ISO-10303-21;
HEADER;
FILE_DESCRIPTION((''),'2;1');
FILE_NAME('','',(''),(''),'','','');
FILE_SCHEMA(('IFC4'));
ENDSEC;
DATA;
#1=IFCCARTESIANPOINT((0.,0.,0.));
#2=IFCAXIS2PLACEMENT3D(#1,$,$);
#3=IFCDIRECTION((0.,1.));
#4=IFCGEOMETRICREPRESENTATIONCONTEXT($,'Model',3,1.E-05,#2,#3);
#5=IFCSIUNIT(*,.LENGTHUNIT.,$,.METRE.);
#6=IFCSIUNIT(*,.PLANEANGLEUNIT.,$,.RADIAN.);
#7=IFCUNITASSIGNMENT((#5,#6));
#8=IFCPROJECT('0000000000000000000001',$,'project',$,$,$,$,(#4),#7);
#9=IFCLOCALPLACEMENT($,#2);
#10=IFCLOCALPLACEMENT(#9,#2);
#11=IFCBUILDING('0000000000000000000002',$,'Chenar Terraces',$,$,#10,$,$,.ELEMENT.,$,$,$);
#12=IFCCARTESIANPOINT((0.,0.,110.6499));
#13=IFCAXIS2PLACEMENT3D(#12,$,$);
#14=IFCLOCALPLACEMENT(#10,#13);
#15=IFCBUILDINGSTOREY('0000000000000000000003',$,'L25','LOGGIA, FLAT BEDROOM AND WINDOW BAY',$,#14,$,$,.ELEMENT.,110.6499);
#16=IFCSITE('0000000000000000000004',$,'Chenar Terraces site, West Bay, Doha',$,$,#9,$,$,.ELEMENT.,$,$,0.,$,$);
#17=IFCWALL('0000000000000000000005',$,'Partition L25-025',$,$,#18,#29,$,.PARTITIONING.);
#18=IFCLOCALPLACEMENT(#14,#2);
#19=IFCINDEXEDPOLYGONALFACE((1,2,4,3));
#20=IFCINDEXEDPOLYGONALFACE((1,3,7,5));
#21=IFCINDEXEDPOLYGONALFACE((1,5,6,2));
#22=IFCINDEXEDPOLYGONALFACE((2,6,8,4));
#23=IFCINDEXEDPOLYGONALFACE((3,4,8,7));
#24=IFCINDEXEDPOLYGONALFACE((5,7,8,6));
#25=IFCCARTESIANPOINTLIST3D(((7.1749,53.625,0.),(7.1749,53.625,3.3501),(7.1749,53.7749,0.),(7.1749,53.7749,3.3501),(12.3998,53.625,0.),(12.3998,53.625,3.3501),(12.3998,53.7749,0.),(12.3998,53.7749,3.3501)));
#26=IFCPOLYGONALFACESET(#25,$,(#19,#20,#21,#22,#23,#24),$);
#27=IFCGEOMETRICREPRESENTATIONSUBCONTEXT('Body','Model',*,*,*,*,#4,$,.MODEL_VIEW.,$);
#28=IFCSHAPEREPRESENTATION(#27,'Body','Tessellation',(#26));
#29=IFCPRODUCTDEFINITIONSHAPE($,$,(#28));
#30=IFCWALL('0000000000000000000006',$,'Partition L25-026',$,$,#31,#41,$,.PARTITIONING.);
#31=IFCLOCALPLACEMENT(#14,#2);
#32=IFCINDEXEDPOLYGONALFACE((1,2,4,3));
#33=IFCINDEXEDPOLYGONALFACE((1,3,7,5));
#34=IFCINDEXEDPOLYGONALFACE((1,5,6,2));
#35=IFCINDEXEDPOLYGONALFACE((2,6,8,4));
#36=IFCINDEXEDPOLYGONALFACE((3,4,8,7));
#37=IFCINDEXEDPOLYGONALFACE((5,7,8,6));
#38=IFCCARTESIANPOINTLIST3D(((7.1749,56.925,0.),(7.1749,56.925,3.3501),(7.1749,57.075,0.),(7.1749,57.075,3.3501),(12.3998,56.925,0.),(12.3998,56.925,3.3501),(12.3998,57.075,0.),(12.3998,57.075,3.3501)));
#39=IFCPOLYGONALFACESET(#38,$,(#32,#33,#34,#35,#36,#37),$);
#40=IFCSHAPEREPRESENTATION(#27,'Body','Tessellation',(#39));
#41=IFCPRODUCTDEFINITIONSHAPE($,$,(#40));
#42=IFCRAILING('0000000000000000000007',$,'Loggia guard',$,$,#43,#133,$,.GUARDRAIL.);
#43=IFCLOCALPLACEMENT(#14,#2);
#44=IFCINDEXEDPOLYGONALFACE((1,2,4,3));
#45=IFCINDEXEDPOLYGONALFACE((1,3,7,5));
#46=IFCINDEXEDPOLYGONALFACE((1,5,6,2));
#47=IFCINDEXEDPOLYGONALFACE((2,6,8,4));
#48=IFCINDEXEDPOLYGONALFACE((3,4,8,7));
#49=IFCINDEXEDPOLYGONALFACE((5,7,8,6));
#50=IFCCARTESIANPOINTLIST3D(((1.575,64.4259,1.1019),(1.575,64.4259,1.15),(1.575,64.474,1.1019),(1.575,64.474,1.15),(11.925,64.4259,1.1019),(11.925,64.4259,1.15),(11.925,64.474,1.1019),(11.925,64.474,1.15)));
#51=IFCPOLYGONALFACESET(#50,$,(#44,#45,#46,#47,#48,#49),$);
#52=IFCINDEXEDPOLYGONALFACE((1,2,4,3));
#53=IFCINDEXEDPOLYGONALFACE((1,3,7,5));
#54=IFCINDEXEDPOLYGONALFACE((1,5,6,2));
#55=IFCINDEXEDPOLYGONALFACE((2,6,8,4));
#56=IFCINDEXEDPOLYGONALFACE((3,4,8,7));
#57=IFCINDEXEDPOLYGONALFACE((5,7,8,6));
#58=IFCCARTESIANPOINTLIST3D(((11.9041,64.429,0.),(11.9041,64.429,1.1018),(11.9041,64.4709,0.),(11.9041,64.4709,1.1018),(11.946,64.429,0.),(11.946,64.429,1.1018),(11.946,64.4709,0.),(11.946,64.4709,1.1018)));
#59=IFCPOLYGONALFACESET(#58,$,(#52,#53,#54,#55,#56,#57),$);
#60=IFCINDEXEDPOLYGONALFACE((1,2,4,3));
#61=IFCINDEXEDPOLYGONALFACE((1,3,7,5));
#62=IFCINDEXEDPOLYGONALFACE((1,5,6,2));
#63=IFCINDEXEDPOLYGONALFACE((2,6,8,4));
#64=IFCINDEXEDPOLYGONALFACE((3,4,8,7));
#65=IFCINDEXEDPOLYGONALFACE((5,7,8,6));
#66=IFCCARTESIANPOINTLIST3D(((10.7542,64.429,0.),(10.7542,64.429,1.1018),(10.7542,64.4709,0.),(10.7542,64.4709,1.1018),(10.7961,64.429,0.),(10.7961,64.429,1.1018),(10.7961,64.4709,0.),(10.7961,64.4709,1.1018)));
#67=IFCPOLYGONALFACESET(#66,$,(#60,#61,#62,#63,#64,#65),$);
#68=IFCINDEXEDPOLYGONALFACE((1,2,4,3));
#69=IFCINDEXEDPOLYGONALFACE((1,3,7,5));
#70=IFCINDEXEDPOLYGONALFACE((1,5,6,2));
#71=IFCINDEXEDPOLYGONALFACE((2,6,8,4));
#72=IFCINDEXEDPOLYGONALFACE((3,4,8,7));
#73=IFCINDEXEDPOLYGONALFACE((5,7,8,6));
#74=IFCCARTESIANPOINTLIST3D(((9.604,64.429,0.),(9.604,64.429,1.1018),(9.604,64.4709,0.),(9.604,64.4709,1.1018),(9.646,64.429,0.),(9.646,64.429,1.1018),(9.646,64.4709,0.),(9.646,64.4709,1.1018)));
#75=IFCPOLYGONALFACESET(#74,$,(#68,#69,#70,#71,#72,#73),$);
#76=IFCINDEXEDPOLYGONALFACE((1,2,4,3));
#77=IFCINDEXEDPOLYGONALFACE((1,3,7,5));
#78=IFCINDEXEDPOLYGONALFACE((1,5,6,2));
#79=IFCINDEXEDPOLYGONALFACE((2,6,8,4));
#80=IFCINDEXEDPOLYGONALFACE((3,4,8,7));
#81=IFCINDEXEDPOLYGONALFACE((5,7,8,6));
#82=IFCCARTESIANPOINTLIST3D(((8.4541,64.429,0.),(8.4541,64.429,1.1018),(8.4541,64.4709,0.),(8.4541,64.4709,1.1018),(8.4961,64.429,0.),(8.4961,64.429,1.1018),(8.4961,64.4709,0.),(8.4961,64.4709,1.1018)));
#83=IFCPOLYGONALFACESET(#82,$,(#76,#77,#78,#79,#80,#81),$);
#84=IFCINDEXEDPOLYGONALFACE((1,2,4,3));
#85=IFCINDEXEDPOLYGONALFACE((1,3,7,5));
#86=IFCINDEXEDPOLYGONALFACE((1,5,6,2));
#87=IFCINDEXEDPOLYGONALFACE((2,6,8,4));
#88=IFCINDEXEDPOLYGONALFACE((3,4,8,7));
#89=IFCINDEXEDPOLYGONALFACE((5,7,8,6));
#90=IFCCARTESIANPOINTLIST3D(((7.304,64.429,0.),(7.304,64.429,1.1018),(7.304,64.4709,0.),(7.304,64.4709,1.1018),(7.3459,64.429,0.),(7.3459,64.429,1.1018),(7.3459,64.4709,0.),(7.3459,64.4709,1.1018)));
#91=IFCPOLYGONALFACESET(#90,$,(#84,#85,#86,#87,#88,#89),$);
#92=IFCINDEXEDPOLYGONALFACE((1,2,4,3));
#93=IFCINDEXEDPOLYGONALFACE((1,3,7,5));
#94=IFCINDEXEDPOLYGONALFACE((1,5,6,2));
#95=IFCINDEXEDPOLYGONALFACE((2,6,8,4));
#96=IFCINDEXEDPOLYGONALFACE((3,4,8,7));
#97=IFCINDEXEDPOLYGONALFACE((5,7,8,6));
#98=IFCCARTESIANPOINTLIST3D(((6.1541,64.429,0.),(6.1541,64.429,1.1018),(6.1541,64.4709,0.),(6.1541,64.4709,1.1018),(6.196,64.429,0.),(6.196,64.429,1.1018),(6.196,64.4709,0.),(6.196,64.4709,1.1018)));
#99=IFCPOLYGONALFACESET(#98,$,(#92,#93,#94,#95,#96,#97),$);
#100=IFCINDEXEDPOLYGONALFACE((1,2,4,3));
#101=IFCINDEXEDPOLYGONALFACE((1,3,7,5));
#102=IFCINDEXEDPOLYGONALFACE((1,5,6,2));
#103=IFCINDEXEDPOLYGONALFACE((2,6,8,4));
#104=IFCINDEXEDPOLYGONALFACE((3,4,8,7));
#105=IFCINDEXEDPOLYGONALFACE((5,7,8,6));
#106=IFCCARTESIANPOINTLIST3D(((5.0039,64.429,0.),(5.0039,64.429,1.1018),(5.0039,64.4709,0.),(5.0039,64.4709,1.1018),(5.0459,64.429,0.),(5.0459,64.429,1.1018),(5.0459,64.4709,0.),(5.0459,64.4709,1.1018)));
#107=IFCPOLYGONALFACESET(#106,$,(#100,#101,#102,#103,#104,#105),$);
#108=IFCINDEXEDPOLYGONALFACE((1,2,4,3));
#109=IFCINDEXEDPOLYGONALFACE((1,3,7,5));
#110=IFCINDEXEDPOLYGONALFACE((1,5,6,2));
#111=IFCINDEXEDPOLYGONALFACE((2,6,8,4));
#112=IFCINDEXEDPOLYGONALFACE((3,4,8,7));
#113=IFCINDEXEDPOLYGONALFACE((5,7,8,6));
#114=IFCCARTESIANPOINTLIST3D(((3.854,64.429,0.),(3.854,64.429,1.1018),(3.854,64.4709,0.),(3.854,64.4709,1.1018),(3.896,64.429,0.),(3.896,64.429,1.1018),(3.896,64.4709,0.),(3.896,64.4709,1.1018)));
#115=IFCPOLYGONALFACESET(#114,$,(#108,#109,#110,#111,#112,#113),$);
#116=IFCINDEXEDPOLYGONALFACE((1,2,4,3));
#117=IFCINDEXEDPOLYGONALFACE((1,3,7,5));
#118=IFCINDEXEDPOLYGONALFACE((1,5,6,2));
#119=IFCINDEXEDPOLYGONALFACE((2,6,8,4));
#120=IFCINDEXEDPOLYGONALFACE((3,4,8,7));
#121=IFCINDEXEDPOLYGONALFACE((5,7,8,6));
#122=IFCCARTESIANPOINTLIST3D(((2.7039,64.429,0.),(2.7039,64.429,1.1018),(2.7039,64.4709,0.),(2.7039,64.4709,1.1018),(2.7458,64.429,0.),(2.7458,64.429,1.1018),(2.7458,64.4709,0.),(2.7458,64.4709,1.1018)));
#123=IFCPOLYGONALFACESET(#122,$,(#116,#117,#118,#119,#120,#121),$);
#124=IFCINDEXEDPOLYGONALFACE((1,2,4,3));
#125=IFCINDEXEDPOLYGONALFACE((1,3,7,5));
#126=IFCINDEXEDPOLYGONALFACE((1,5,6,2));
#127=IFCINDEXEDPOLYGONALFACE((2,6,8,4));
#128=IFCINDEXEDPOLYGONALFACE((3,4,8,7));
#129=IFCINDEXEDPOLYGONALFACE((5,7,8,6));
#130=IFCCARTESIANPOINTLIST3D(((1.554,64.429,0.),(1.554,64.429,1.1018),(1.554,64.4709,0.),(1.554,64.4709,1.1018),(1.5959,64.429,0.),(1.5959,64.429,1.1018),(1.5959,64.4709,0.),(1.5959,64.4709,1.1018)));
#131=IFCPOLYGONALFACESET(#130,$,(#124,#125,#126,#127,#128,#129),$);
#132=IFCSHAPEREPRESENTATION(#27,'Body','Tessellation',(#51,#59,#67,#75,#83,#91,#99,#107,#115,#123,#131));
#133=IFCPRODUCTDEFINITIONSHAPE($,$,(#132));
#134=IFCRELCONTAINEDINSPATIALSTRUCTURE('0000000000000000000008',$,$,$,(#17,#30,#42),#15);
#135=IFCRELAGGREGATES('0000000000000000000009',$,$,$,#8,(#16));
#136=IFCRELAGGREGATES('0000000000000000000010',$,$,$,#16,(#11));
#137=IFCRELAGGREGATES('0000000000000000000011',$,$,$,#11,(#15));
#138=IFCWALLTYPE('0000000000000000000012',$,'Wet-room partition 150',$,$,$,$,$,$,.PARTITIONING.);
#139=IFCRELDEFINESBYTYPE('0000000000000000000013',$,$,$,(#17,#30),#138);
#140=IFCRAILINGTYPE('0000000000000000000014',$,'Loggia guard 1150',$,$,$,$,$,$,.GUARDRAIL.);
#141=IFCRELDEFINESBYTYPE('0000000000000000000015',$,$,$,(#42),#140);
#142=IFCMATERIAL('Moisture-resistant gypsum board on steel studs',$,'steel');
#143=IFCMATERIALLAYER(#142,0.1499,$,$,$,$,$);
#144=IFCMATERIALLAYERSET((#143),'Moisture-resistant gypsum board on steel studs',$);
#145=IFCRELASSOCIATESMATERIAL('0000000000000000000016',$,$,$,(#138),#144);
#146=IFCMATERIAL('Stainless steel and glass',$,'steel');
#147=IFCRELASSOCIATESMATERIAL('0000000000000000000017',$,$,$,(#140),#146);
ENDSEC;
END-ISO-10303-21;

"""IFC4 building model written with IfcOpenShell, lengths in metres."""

from ifc_helpers import new_model, si_unit, direction, frame, frame_2d, origin, origin_2d, place, context, subcontext, project, spatial, rectangle, extrude, material, layer, layer_set, type_object, element, save


model = new_model("IFC4")

# Units and contexts
model_context = context("Model", 3, precision=1e-05, world=origin(), true_north=direction((0.0, 1.0)))
body_context = subcontext(model_context, "Body", "Model", "MODEL_VIEW")
ifc_project = project(units=[si_unit("LENGTHUNIT", "METRE"), si_unit("PLANEANGLEUNIT", "RADIAN")], contexts=[model_context])

# Site, building, storey
site_placement = place(None, origin())
site = spatial("IfcSite", under=ifc_project, at=site_placement, Name="Chenar Terraces site, West Bay, Doha", CompositionType="ELEMENT", RefElevation=0.0)
building_placement = place(site_placement, origin())
building = spatial("IfcBuilding", under=site, at=building_placement, Name="Chenar Terraces", CompositionType="ELEMENT")
storey_placement = place(building_placement, frame((0.0, 0.0, 110.6499)))
storey = spatial("IfcBuildingStorey", under=building, at=storey_placement, Name="L25", Description="LOGGIA, FLAT BEDROOM AND WINDOW BAY", CompositionType="ELEMENT", Elevation=110.6499)

# Shared definitions
ifc_material_1 = material(Name="Moisture-resistant gypsum board on steel studs", Category="steel")
ifc_layer_1 = layer(ifc_material_1, 0.1499)
ifc_layer_set_1 = layer_set([ifc_layer_1], Name="Moisture-resistant gypsum board on steel studs")
wall_type_1 = type_object("IfcWallType", Name="Wet-room partition 150", PredefinedType="PARTITIONING", material=ifc_layer_set_1)

# Walls
for number, where, z_axis, x_axis, name in (
    (1, (7.175, 53.7, 0.0), (0.0, 0.0, 1.0), (1.0, 0.0, 0.0), "Partition L25-025"),
    (2, (7.175, 57.0, 0.0), (0.0, 0.0, 1.0), (1.0, 0.0, 0.0), "Partition L25-026"),
):
    element("IfcWall", number, at=place(storey_placement, frame(where, z_axis=z_axis, x_axis=x_axis)), inside=storey, type_object=wall_type_1, Name=name, PredefinedType="PARTITIONING", context=body_context, shape_type="SweptSolid", body=[
        extrude(rectangle(XDim=5.2249, YDim=0.1499, at=frame_2d((2.6123, 0.0))), origin(), (0.0, 0.0, 1.0), 3.3501),
    ])

# Railing
ifc_material_2 = material(Name="Stainless steel and glass", Category="steel")
railing_type = type_object("IfcRailingType", Name="Loggia guard 1150", PredefinedType="GUARDRAIL", material=ifc_material_2)
railing_1_placement = place(storey_placement, frame((11.925, 64.45, 0.0)))
element("IfcRailing", 3, at=railing_1_placement, inside=storey, type_object=railing_type, Name="Loggia guard", PredefinedType="GUARDRAIL", context=body_context, shape_type="SweptSolid", body=[
    extrude(rectangle(XDim=0.0481, YDim=0.0481, at=origin_2d()), frame((0.0, 0.0, 1.126), z_axis=(-1.0, 0.0, 0.0), x_axis=(0.0, -1.0, 0.0)), (0.0, 0.0, 1.0), 10.3501),
    extrude(rectangle(XDim=0.042, YDim=0.042, at=origin_2d()), origin(), (0.0, 0.0, 1.0), 1.1018),
    extrude(rectangle(XDim=0.042, YDim=0.042, at=origin_2d()), frame((-1.1499, 0.0, 0.0)), (0.0, 0.0, 1.0), 1.1018),
    extrude(rectangle(XDim=0.042, YDim=0.042, at=origin_2d()), frame((-2.3, 0.0, 0.0)), (0.0, 0.0, 1.0), 1.1018),
    extrude(rectangle(XDim=0.042, YDim=0.042, at=origin_2d()), frame((-3.45, 0.0, 0.0)), (0.0, 0.0, 1.0), 1.1018),
    extrude(rectangle(XDim=0.042, YDim=0.042, at=origin_2d()), frame((-4.6001, 0.0, 0.0)), (0.0, 0.0, 1.0), 1.1018),
    extrude(rectangle(XDim=0.042, YDim=0.042, at=origin_2d()), frame((-5.75, 0.0, 0.0)), (0.0, 0.0, 1.0), 1.1018),
    extrude(rectangle(XDim=0.042, YDim=0.042, at=origin_2d()), frame((-6.9001, 0.0, 0.0)), (0.0, 0.0, 1.0), 1.1018),
    extrude(rectangle(XDim=0.042, YDim=0.042, at=origin_2d()), frame((-8.05, 0.0, 0.0)), (0.0, 0.0, 1.0), 1.1018),
    extrude(rectangle(XDim=0.042, YDim=0.042, at=origin_2d()), frame((-9.2002, 0.0, 0.0)), (0.0, 0.0, 1.0), 1.1018),
    extrude(rectangle(XDim=0.042, YDim=0.042, at=origin_2d()), frame((-10.3501, 0.0, 0.0)), (0.0, 0.0, 1.0), 1.1018),
])

save(model, "model.ifc")
